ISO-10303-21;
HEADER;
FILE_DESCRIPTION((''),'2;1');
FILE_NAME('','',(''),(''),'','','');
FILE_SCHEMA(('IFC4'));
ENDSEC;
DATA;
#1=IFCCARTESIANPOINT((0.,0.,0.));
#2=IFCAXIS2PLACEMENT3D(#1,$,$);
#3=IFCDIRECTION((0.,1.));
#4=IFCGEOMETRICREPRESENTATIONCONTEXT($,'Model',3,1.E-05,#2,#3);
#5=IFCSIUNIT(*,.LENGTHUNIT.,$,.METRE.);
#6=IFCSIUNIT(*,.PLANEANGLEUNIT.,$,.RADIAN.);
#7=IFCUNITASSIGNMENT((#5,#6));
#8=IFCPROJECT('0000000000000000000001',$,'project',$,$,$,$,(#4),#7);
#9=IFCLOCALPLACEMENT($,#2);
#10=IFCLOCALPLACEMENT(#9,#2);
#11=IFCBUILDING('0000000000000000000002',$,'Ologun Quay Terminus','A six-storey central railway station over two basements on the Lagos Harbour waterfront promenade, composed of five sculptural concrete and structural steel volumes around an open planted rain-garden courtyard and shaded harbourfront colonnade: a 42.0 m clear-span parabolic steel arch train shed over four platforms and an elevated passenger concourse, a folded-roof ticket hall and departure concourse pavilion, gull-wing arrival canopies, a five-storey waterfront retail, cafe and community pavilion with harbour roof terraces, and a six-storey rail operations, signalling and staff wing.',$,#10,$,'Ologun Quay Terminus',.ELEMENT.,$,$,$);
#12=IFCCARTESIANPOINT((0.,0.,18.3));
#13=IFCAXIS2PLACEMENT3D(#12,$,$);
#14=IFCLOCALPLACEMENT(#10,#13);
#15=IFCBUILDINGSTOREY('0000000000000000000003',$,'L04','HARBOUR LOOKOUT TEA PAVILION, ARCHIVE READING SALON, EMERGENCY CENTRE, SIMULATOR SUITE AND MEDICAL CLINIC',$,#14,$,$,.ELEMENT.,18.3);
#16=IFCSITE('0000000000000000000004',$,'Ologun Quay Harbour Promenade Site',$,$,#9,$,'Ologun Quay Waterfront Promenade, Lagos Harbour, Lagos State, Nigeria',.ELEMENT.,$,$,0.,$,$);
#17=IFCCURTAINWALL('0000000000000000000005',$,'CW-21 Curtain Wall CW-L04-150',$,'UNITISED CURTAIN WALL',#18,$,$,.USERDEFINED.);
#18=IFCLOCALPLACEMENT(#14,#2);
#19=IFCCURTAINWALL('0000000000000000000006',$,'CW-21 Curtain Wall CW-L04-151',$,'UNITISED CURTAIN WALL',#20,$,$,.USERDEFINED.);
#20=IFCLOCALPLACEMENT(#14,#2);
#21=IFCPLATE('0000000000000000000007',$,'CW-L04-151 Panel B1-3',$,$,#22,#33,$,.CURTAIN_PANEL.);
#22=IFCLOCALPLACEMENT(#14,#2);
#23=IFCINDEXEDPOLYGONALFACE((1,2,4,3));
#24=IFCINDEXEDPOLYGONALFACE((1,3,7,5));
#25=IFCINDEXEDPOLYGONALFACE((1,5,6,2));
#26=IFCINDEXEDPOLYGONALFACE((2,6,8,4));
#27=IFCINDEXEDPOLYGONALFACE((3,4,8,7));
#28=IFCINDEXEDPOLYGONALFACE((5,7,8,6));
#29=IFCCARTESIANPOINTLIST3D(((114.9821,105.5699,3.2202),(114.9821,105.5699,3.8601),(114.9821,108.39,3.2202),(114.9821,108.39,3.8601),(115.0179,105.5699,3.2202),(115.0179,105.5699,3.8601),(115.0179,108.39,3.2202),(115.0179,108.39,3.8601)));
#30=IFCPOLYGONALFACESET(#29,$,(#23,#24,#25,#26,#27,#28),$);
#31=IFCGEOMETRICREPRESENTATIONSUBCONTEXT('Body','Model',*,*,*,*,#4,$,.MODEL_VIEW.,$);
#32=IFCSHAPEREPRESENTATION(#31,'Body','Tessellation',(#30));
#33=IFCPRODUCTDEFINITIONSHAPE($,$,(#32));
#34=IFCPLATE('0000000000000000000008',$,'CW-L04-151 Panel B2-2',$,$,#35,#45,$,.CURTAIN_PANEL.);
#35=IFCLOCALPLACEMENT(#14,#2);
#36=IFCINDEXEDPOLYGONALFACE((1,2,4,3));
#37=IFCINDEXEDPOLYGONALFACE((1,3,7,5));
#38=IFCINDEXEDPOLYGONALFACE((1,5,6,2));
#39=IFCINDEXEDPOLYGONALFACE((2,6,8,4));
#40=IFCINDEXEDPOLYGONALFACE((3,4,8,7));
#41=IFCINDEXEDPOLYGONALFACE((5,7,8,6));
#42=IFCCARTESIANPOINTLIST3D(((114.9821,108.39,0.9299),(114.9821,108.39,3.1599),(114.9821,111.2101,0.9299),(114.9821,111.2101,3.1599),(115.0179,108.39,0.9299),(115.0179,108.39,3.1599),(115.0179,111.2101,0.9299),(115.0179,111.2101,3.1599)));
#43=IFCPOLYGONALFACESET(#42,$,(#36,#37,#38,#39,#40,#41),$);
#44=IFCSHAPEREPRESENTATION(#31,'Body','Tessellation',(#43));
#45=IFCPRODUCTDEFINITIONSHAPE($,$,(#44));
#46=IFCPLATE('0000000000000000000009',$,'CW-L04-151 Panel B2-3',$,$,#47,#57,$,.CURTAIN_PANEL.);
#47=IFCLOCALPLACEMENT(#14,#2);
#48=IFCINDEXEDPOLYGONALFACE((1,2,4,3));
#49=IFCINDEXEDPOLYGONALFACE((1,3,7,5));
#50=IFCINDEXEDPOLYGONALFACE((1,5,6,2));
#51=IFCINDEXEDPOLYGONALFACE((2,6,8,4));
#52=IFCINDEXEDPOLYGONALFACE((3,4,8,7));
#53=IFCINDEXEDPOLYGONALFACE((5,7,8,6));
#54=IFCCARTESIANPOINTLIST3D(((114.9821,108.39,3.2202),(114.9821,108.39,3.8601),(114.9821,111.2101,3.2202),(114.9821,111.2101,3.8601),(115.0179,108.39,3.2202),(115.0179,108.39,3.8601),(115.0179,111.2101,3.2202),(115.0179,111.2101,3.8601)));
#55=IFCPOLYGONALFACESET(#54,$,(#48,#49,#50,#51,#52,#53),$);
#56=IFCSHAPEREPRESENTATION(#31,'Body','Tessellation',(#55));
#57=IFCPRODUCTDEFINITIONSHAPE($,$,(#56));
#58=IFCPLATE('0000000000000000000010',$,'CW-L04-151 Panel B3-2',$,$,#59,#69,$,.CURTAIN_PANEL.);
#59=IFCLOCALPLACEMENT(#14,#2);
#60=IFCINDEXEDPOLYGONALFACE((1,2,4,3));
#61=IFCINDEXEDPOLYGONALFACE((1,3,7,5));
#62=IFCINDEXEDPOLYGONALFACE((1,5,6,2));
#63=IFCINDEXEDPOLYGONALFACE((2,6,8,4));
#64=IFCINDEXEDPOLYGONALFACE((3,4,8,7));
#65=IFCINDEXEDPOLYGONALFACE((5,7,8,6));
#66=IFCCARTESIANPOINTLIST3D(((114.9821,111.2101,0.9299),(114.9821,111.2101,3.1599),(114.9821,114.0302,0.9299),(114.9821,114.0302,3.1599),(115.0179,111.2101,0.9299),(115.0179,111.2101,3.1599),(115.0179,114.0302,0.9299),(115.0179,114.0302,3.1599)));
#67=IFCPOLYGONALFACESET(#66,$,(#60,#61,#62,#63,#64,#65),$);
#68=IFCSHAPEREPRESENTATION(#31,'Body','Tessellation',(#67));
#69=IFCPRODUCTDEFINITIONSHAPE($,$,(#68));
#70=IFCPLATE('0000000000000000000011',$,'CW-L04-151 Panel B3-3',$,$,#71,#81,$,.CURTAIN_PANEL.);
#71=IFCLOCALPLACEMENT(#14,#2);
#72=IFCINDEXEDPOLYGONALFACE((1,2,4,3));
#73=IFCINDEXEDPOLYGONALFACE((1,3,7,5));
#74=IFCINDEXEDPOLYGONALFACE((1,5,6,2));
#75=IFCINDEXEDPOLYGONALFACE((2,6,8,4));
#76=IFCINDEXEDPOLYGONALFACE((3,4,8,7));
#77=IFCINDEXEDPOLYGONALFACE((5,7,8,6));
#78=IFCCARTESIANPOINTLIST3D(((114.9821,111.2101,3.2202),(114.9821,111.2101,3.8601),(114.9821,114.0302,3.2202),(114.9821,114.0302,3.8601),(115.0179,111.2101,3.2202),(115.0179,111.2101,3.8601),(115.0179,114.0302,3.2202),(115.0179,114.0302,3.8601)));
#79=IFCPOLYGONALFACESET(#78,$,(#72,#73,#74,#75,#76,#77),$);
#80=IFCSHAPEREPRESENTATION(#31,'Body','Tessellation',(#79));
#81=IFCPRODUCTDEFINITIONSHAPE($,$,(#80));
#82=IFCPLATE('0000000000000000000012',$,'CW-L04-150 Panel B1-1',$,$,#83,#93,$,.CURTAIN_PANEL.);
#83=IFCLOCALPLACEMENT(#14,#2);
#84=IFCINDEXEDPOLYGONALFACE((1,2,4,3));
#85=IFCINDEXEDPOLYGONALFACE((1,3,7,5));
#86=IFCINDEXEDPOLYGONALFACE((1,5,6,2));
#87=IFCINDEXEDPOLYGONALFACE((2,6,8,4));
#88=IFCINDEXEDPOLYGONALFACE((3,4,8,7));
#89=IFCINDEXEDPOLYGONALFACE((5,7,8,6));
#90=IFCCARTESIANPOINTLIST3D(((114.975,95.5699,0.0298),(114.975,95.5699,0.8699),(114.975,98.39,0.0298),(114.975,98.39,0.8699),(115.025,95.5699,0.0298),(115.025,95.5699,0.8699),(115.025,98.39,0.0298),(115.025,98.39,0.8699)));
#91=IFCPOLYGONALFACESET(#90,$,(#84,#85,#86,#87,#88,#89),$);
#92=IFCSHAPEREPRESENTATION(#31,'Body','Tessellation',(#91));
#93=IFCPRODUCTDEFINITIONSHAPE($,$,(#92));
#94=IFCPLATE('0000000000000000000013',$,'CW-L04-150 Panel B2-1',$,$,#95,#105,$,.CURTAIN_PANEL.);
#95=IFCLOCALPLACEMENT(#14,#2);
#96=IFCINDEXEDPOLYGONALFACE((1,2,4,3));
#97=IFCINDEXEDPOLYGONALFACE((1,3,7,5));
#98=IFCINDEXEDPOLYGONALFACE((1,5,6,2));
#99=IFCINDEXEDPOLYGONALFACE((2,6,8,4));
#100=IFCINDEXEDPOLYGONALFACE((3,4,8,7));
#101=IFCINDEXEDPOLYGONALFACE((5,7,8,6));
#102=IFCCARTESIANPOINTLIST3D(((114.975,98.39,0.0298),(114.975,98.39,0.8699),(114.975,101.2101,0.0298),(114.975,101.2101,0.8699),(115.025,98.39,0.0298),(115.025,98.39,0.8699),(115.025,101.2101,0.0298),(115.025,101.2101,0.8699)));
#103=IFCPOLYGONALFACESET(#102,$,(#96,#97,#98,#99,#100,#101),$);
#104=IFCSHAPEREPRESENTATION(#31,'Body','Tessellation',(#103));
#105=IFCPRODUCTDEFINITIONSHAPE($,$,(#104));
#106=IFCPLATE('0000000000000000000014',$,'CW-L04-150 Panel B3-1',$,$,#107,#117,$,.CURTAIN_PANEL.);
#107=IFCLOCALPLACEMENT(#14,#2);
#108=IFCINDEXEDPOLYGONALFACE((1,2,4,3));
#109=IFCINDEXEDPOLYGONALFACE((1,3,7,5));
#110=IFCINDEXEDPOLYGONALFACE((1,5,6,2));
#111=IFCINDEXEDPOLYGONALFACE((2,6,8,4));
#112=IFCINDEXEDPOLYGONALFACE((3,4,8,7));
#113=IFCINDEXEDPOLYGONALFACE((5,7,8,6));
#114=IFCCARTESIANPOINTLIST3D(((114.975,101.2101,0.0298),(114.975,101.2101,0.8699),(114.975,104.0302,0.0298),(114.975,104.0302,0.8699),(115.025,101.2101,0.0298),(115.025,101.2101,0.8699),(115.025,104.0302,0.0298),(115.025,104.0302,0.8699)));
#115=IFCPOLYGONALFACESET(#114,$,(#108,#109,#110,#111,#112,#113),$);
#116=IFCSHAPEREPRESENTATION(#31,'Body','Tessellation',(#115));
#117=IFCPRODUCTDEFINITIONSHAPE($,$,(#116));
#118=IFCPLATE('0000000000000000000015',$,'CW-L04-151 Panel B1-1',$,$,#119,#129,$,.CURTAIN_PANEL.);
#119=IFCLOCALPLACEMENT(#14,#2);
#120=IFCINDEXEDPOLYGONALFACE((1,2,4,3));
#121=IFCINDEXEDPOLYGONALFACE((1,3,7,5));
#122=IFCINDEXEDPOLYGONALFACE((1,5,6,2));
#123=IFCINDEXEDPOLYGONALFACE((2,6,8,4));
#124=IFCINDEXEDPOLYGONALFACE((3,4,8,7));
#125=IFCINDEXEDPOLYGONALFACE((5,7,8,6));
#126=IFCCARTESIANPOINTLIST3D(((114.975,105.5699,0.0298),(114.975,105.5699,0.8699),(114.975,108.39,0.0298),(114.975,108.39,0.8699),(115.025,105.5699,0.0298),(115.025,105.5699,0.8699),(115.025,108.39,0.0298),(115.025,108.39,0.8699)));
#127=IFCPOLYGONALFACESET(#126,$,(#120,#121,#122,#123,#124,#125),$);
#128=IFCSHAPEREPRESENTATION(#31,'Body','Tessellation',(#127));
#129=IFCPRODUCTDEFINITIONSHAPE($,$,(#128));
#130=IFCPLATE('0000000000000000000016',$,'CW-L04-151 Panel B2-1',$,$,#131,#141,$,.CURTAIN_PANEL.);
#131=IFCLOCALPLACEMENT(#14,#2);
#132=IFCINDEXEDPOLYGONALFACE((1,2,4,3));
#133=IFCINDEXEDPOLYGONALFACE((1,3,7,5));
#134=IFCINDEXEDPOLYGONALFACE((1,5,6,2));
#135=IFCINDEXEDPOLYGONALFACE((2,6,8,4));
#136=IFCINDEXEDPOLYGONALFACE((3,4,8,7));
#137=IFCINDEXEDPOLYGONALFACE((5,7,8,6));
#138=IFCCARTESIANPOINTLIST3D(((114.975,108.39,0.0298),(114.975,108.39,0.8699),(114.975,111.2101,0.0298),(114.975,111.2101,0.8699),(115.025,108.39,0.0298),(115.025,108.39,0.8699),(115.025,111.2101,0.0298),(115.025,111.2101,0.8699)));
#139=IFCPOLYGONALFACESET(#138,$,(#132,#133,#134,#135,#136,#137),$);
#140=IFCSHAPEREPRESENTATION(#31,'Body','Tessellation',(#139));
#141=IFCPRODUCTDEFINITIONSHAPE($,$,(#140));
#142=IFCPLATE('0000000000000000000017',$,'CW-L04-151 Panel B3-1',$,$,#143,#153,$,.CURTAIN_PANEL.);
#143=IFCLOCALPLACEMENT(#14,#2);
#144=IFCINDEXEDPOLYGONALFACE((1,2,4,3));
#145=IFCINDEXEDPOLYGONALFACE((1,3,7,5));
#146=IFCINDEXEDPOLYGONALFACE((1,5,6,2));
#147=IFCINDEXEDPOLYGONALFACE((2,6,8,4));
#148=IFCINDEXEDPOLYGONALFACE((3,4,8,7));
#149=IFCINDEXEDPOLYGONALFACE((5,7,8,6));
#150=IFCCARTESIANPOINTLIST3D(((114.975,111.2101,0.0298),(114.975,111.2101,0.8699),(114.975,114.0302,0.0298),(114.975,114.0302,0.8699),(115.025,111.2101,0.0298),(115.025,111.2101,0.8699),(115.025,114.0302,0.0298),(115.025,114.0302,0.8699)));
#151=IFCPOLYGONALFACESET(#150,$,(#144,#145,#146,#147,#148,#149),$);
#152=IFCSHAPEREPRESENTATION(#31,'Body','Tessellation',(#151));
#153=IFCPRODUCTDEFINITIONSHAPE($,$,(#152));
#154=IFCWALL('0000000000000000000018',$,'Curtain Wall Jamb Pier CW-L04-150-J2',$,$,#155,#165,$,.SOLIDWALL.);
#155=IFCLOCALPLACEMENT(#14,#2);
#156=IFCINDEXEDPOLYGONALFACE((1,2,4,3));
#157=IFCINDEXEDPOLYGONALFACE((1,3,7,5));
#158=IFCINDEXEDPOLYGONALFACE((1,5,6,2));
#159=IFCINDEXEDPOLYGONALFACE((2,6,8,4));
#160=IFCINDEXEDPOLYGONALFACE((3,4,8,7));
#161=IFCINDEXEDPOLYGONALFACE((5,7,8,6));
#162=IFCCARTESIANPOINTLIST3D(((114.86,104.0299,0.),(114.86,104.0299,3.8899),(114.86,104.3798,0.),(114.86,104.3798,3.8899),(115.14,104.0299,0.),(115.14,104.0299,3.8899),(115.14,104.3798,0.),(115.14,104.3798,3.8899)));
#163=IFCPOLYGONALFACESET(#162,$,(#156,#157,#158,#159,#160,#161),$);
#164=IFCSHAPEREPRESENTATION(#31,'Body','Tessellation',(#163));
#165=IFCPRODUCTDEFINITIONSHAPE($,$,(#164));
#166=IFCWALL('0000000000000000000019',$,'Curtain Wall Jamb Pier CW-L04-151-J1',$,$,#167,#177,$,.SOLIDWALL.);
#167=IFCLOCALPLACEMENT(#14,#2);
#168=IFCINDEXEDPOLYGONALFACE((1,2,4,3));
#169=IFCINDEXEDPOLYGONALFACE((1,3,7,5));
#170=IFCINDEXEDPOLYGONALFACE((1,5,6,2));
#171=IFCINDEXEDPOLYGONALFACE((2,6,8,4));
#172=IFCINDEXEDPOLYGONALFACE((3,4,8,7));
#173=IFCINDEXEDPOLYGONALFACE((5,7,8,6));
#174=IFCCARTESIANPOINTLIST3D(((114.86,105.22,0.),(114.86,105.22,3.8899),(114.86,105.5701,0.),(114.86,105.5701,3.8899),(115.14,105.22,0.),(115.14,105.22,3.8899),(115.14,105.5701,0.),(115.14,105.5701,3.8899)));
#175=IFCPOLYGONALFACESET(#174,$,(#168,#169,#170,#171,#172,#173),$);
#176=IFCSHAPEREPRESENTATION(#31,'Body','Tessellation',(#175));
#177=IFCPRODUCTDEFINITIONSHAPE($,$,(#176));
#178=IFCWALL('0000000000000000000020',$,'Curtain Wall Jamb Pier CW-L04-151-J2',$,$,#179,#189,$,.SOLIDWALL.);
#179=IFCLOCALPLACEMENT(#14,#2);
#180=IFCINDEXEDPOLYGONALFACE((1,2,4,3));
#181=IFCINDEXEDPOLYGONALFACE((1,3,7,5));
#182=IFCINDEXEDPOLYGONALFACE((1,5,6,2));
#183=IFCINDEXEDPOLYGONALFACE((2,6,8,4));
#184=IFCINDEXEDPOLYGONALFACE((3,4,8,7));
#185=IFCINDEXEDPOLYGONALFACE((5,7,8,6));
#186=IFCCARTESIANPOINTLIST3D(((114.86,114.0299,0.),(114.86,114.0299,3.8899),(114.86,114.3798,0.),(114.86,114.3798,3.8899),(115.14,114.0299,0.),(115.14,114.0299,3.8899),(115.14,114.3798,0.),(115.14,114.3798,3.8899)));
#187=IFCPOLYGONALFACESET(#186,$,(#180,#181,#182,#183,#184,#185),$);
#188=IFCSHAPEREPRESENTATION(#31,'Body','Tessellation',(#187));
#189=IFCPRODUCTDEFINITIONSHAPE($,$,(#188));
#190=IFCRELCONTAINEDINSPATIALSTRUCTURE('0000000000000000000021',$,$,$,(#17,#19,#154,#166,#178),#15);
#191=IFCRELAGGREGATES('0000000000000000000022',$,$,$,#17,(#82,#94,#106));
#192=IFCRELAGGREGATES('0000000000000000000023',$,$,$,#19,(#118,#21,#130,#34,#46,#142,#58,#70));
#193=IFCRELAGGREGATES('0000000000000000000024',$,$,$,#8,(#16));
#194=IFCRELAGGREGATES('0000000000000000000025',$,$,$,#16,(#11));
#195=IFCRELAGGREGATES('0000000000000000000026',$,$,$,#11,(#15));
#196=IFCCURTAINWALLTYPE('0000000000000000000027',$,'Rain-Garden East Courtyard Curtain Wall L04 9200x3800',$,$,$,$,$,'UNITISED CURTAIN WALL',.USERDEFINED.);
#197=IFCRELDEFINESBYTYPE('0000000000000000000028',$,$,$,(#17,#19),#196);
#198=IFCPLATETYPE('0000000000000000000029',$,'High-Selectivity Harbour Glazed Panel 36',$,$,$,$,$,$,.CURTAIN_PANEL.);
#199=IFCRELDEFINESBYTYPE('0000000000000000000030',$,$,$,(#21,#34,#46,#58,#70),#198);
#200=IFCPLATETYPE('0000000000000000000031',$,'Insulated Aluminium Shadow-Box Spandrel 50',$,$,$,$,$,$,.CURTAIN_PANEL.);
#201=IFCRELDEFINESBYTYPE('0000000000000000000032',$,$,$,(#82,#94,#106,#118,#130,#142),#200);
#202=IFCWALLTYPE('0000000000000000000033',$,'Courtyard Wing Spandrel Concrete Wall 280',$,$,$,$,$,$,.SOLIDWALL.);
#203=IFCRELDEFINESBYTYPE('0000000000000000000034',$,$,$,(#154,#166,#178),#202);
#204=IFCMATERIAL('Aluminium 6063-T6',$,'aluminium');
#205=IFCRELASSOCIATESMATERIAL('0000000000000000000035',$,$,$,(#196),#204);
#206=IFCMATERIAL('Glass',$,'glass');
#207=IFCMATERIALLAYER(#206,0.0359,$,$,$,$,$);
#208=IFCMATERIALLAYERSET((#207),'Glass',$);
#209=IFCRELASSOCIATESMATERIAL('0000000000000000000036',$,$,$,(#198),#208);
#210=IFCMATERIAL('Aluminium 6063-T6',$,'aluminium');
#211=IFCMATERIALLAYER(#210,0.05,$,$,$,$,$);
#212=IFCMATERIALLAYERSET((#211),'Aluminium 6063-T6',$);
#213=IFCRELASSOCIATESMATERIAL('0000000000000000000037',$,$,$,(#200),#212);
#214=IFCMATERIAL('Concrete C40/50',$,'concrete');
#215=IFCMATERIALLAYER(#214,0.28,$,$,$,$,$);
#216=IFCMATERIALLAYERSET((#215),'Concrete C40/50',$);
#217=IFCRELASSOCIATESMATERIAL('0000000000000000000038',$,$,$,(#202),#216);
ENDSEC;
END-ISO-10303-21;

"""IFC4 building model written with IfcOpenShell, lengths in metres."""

from ifc_helpers import new_model, si_unit, direction, frame, frame_2d, origin, origin_2d, place, context, subcontext, project, spatial, rectangle, extrude, material, layer, layer_set, type_object, element, aggregate, save


model = new_model("IFC4")

# Units and contexts
model_context = context("Model", 3, precision=1e-05, world=origin(), true_north=direction((0.0, 1.0)))
body_context = subcontext(model_context, "Body", "Model", "MODEL_VIEW")
ifc_project = project(units=[si_unit("LENGTHUNIT", "METRE"), si_unit("PLANEANGLEUNIT", "RADIAN")], contexts=[model_context])

# Site, building, storey
site_placement = place(None, origin())
site = spatial("IfcSite", under=ifc_project, at=site_placement, Name="Ologun Quay Harbour Promenade Site", LongName="Ologun Quay Waterfront Promenade, Lagos Harbour, Lagos State, Nigeria", CompositionType="ELEMENT", RefElevation=0.0)
building_placement = place(site_placement, origin())
building = spatial("IfcBuilding", under=site, at=building_placement, Name="Ologun Quay Terminus", Description="A six-storey central railway station over two basements on the Lagos Harbour waterfront promenade, composed of five sculptural concrete and structural steel volumes around an open planted rain-garden courtyard and shaded harbourfront colonnade: a 42.0 m clear-span parabolic steel arch train shed over four platforms and an elevated passenger concourse, a folded-roof ticket hall and departure concourse pavilion, gull-wing arrival canopies, a five-storey waterfront retail, cafe and community pavilion with harbour roof terraces, and a six-storey rail operations, signalling and staff wing.", LongName="Ologun Quay Terminus", CompositionType="ELEMENT")
storey_placement = place(building_placement, frame((0.0, 0.0, 18.3)))
storey = spatial("IfcBuildingStorey", under=building, at=storey_placement, Name="L04", Description="HARBOUR LOOKOUT TEA PAVILION, ARCHIVE READING SALON, EMERGENCY CENTRE, SIMULATOR SUITE AND MEDICAL CLINIC", CompositionType="ELEMENT", Elevation=18.3)

# Curtain walls
ifc_material_1 = material(Name="Aluminium 6063-T6", Category="aluminium")
curtain_wall_type = type_object("IfcCurtainWallType", Name="Rain-Garden East Courtyard Curtain Wall L04 9200x3800", ElementType="UNITISED CURTAIN WALL", PredefinedType="USERDEFINED", material=ifc_material_1)
curtain_wall_1_placement = place(storey_placement, origin())
curtain_wall_1 = element("IfcCurtainWall", 1, at=curtain_wall_1_placement, inside=storey, type_object=curtain_wall_type, Name="CW-21 Curtain Wall CW-L04-150", ObjectType="UNITISED CURTAIN WALL", PredefinedType="USERDEFINED")
curtain_wall_2_placement = place(storey_placement, origin())
curtain_wall_2 = element("IfcCurtainWall", 2, at=curtain_wall_2_placement, inside=storey, type_object=curtain_wall_type, Name="CW-21 Curtain Wall CW-L04-151", ObjectType="UNITISED CURTAIN WALL", PredefinedType="USERDEFINED")

# Plates
ifc_material_2 = material(Name="Glass", Category="glass")
ifc_layer_1 = layer(ifc_material_2, 0.0359)
ifc_layer_set_1 = layer_set([ifc_layer_1], Name="Glass")
plate_type_1 = type_object("IfcPlateType", Name="High-Selectivity Harbour Glazed Panel 36", PredefinedType="CURTAIN_PANEL", material=ifc_layer_set_1)
plate_1_placement = place(storey_placement, frame((115.0, 106.98, 3.2202), z_axis=(0.0, 0.0, 1.0), x_axis=(0.0, 1.0, 0.0)))
plate_1 = element("IfcPlate", 3, at=plate_1_placement, type_object=plate_type_1, Name="CW-L04-151 Panel B1-3", PredefinedType="CURTAIN_PANEL", context=body_context, shape_type="SweptSolid", body=[
    extrude(rectangle(XDim=2.8201, YDim=0.0359, at=origin_2d()), origin(), (0.0, 0.0, 1.0), 0.6399),
])
plate_2_placement = place(storey_placement, frame((115.0, 109.8, 0.9299), z_axis=(0.0, 0.0, 1.0), x_axis=(0.0, 1.0, 0.0)))
plate_2 = element("IfcPlate", 4, at=plate_2_placement, type_object=plate_type_1, Name="CW-L04-151 Panel B2-2", PredefinedType="CURTAIN_PANEL", context=body_context, shape_type="SweptSolid", body=[
    extrude(rectangle(XDim=2.8201, YDim=0.0359, at=origin_2d()), origin(), (0.0, 0.0, 1.0), 2.23),
])
plate_3_placement = place(storey_placement, frame((115.0, 109.8, 3.2202), z_axis=(0.0, 0.0, 1.0), x_axis=(0.0, 1.0, 0.0)))
plate_3 = element("IfcPlate", 5, at=plate_3_placement, type_object=plate_type_1, Name="CW-L04-151 Panel B2-3", PredefinedType="CURTAIN_PANEL", context=body_context, shape_type="SweptSolid", body=[
    extrude(rectangle(XDim=2.8201, YDim=0.0359, at=origin_2d()), origin(), (0.0, 0.0, 1.0), 0.6399),
])
plate_4_placement = place(storey_placement, frame((115.0, 112.6201, 0.9299), z_axis=(0.0, 0.0, 1.0), x_axis=(0.0, 1.0, 0.0)))
plate_4 = element("IfcPlate", 6, at=plate_4_placement, type_object=plate_type_1, Name="CW-L04-151 Panel B3-2", PredefinedType="CURTAIN_PANEL", context=body_context, shape_type="SweptSolid", body=[
    extrude(rectangle(XDim=2.8201, YDim=0.0359, at=origin_2d()), origin(), (0.0, 0.0, 1.0), 2.23),
])
plate_5_placement = place(storey_placement, frame((115.0, 112.6201, 3.2202), z_axis=(0.0, 0.0, 1.0), x_axis=(0.0, 1.0, 0.0)))
plate_5 = element("IfcPlate", 7, at=plate_5_placement, type_object=plate_type_1, Name="CW-L04-151 Panel B3-3", PredefinedType="CURTAIN_PANEL", context=body_context, shape_type="SweptSolid", body=[
    extrude(rectangle(XDim=2.8201, YDim=0.0359, at=origin_2d()), origin(), (0.0, 0.0, 1.0), 0.6399),
])
ifc_material_3 = material(Name="Aluminium 6063-T6", Category="aluminium")
ifc_layer_2 = layer(ifc_material_3, 0.05)
ifc_layer_set_2 = layer_set([ifc_layer_2], Name="Aluminium 6063-T6")
plate_type_2 = type_object("IfcPlateType", Name="Insulated Aluminium Shadow-Box Spandrel 50", PredefinedType="CURTAIN_PANEL", material=ifc_layer_set_2)
plate_6_placement = place(storey_placement, frame((115.0, 96.98, 0.0298), z_axis=(0.0, 0.0, 1.0), x_axis=(0.0, 1.0, 0.0)))
plate_6 = element("IfcPlate", 8, at=plate_6_placement, type_object=plate_type_2, Name="CW-L04-150 Panel B1-1", PredefinedType="CURTAIN_PANEL", context=body_context, shape_type="SweptSolid", body=[
    extrude(rectangle(XDim=2.8201, YDim=0.05, at=origin_2d()), origin(), (0.0, 0.0, 1.0), 0.8401),
])
plate_7_placement = place(storey_placement, frame((115.0, 99.8, 0.0298), z_axis=(0.0, 0.0, 1.0), x_axis=(0.0, 1.0, 0.0)))
plate_7 = element("IfcPlate", 9, at=plate_7_placement, type_object=plate_type_2, Name="CW-L04-150 Panel B2-1", PredefinedType="CURTAIN_PANEL", context=body_context, shape_type="SweptSolid", body=[
    extrude(rectangle(XDim=2.8201, YDim=0.05, at=origin_2d()), origin(), (0.0, 0.0, 1.0), 0.8401),
])
plate_8_placement = place(storey_placement, frame((115.0, 102.6201, 0.0298), z_axis=(0.0, 0.0, 1.0), x_axis=(0.0, 1.0, 0.0)))
plate_8 = element("IfcPlate", 10, at=plate_8_placement, type_object=plate_type_2, Name="CW-L04-150 Panel B3-1", PredefinedType="CURTAIN_PANEL", context=body_context, shape_type="SweptSolid", body=[
    extrude(rectangle(XDim=2.8201, YDim=0.05, at=origin_2d()), origin(), (0.0, 0.0, 1.0), 0.8401),
])
aggregate(curtain_wall_1, [plate_6, plate_7, plate_8])
plate_9_placement = place(storey_placement, frame((115.0, 106.98, 0.0298), z_axis=(0.0, 0.0, 1.0), x_axis=(0.0, 1.0, 0.0)))
plate_9 = element("IfcPlate", 11, at=plate_9_placement, type_object=plate_type_2, Name="CW-L04-151 Panel B1-1", PredefinedType="CURTAIN_PANEL", context=body_context, shape_type="SweptSolid", body=[
    extrude(rectangle(XDim=2.8201, YDim=0.05, at=origin_2d()), origin(), (0.0, 0.0, 1.0), 0.8401),
])
plate_10_placement = place(storey_placement, frame((115.0, 109.8, 0.0298), z_axis=(0.0, 0.0, 1.0), x_axis=(0.0, 1.0, 0.0)))
plate_10 = element("IfcPlate", 12, at=plate_10_placement, type_object=plate_type_2, Name="CW-L04-151 Panel B2-1", PredefinedType="CURTAIN_PANEL", context=body_context, shape_type="SweptSolid", body=[
    extrude(rectangle(XDim=2.8201, YDim=0.05, at=origin_2d()), origin(), (0.0, 0.0, 1.0), 0.8401),
])
plate_11_placement = place(storey_placement, frame((115.0, 112.6201, 0.0298), z_axis=(0.0, 0.0, 1.0), x_axis=(0.0, 1.0, 0.0)))
plate_11 = element("IfcPlate", 13, at=plate_11_placement, type_object=plate_type_2, Name="CW-L04-151 Panel B3-1", PredefinedType="CURTAIN_PANEL", context=body_context, shape_type="SweptSolid", body=[
    extrude(rectangle(XDim=2.8201, YDim=0.05, at=origin_2d()), origin(), (0.0, 0.0, 1.0), 0.8401),
])
aggregate(curtain_wall_2, [plate_9, plate_1, plate_10, plate_2, plate_3, plate_11, plate_4, plate_5])

# Walls
ifc_material_4 = material(Name="Concrete C40/50", Category="concrete")
ifc_layer_3 = layer(ifc_material_4, 0.28)
ifc_layer_set_3 = layer_set([ifc_layer_3], Name="Concrete C40/50")
wall_type = type_object("IfcWallType", Name="Courtyard Wing Spandrel Concrete Wall 280", PredefinedType="SOLIDWALL", material=ifc_layer_set_3)
wall_1_placement = place(storey_placement, frame((115.0, 104.03, 0.0), z_axis=(0.0, 0.0, 1.0), x_axis=(0.0, 1.0, 0.0)))
element("IfcWall", 14, at=wall_1_placement, inside=storey, type_object=wall_type, Name="Curtain Wall Jamb Pier CW-L04-150-J2", PredefinedType="SOLIDWALL", context=body_context, shape_type="SweptSolid", body=[
    extrude(rectangle(XDim=0.3499, YDim=0.28, at=frame_2d((0.1748, 0.0))), origin(), (0.0, 0.0, 1.0), 3.8899),
])
wall_2_placement = place(storey_placement, frame((115.0, 105.22, 0.0), z_axis=(0.0, 0.0, 1.0), x_axis=(0.0, 1.0, 0.0)))
element("IfcWall", 15, at=wall_2_placement, inside=storey, type_object=wall_type, Name="Curtain Wall Jamb Pier CW-L04-151-J1", PredefinedType="SOLIDWALL", context=body_context, shape_type="SweptSolid", body=[
    extrude(rectangle(XDim=0.3501, YDim=0.28, at=frame_2d((0.175, 0.0))), origin(), (0.0, 0.0, 1.0), 3.8899),
])
wall_3_placement = place(storey_placement, frame((115.0, 114.03, 0.0), z_axis=(0.0, 0.0, 1.0), x_axis=(0.0, 1.0, 0.0)))
element("IfcWall", 16, at=wall_3_placement, inside=storey, type_object=wall_type, Name="Curtain Wall Jamb Pier CW-L04-151-J2", PredefinedType="SOLIDWALL", context=body_context, shape_type="SweptSolid", body=[
    extrude(rectangle(XDim=0.3499, YDim=0.28, at=frame_2d((0.1748, 0.0))), origin(), (0.0, 0.0, 1.0), 3.8899),
])

save(model, "model.ifc")
